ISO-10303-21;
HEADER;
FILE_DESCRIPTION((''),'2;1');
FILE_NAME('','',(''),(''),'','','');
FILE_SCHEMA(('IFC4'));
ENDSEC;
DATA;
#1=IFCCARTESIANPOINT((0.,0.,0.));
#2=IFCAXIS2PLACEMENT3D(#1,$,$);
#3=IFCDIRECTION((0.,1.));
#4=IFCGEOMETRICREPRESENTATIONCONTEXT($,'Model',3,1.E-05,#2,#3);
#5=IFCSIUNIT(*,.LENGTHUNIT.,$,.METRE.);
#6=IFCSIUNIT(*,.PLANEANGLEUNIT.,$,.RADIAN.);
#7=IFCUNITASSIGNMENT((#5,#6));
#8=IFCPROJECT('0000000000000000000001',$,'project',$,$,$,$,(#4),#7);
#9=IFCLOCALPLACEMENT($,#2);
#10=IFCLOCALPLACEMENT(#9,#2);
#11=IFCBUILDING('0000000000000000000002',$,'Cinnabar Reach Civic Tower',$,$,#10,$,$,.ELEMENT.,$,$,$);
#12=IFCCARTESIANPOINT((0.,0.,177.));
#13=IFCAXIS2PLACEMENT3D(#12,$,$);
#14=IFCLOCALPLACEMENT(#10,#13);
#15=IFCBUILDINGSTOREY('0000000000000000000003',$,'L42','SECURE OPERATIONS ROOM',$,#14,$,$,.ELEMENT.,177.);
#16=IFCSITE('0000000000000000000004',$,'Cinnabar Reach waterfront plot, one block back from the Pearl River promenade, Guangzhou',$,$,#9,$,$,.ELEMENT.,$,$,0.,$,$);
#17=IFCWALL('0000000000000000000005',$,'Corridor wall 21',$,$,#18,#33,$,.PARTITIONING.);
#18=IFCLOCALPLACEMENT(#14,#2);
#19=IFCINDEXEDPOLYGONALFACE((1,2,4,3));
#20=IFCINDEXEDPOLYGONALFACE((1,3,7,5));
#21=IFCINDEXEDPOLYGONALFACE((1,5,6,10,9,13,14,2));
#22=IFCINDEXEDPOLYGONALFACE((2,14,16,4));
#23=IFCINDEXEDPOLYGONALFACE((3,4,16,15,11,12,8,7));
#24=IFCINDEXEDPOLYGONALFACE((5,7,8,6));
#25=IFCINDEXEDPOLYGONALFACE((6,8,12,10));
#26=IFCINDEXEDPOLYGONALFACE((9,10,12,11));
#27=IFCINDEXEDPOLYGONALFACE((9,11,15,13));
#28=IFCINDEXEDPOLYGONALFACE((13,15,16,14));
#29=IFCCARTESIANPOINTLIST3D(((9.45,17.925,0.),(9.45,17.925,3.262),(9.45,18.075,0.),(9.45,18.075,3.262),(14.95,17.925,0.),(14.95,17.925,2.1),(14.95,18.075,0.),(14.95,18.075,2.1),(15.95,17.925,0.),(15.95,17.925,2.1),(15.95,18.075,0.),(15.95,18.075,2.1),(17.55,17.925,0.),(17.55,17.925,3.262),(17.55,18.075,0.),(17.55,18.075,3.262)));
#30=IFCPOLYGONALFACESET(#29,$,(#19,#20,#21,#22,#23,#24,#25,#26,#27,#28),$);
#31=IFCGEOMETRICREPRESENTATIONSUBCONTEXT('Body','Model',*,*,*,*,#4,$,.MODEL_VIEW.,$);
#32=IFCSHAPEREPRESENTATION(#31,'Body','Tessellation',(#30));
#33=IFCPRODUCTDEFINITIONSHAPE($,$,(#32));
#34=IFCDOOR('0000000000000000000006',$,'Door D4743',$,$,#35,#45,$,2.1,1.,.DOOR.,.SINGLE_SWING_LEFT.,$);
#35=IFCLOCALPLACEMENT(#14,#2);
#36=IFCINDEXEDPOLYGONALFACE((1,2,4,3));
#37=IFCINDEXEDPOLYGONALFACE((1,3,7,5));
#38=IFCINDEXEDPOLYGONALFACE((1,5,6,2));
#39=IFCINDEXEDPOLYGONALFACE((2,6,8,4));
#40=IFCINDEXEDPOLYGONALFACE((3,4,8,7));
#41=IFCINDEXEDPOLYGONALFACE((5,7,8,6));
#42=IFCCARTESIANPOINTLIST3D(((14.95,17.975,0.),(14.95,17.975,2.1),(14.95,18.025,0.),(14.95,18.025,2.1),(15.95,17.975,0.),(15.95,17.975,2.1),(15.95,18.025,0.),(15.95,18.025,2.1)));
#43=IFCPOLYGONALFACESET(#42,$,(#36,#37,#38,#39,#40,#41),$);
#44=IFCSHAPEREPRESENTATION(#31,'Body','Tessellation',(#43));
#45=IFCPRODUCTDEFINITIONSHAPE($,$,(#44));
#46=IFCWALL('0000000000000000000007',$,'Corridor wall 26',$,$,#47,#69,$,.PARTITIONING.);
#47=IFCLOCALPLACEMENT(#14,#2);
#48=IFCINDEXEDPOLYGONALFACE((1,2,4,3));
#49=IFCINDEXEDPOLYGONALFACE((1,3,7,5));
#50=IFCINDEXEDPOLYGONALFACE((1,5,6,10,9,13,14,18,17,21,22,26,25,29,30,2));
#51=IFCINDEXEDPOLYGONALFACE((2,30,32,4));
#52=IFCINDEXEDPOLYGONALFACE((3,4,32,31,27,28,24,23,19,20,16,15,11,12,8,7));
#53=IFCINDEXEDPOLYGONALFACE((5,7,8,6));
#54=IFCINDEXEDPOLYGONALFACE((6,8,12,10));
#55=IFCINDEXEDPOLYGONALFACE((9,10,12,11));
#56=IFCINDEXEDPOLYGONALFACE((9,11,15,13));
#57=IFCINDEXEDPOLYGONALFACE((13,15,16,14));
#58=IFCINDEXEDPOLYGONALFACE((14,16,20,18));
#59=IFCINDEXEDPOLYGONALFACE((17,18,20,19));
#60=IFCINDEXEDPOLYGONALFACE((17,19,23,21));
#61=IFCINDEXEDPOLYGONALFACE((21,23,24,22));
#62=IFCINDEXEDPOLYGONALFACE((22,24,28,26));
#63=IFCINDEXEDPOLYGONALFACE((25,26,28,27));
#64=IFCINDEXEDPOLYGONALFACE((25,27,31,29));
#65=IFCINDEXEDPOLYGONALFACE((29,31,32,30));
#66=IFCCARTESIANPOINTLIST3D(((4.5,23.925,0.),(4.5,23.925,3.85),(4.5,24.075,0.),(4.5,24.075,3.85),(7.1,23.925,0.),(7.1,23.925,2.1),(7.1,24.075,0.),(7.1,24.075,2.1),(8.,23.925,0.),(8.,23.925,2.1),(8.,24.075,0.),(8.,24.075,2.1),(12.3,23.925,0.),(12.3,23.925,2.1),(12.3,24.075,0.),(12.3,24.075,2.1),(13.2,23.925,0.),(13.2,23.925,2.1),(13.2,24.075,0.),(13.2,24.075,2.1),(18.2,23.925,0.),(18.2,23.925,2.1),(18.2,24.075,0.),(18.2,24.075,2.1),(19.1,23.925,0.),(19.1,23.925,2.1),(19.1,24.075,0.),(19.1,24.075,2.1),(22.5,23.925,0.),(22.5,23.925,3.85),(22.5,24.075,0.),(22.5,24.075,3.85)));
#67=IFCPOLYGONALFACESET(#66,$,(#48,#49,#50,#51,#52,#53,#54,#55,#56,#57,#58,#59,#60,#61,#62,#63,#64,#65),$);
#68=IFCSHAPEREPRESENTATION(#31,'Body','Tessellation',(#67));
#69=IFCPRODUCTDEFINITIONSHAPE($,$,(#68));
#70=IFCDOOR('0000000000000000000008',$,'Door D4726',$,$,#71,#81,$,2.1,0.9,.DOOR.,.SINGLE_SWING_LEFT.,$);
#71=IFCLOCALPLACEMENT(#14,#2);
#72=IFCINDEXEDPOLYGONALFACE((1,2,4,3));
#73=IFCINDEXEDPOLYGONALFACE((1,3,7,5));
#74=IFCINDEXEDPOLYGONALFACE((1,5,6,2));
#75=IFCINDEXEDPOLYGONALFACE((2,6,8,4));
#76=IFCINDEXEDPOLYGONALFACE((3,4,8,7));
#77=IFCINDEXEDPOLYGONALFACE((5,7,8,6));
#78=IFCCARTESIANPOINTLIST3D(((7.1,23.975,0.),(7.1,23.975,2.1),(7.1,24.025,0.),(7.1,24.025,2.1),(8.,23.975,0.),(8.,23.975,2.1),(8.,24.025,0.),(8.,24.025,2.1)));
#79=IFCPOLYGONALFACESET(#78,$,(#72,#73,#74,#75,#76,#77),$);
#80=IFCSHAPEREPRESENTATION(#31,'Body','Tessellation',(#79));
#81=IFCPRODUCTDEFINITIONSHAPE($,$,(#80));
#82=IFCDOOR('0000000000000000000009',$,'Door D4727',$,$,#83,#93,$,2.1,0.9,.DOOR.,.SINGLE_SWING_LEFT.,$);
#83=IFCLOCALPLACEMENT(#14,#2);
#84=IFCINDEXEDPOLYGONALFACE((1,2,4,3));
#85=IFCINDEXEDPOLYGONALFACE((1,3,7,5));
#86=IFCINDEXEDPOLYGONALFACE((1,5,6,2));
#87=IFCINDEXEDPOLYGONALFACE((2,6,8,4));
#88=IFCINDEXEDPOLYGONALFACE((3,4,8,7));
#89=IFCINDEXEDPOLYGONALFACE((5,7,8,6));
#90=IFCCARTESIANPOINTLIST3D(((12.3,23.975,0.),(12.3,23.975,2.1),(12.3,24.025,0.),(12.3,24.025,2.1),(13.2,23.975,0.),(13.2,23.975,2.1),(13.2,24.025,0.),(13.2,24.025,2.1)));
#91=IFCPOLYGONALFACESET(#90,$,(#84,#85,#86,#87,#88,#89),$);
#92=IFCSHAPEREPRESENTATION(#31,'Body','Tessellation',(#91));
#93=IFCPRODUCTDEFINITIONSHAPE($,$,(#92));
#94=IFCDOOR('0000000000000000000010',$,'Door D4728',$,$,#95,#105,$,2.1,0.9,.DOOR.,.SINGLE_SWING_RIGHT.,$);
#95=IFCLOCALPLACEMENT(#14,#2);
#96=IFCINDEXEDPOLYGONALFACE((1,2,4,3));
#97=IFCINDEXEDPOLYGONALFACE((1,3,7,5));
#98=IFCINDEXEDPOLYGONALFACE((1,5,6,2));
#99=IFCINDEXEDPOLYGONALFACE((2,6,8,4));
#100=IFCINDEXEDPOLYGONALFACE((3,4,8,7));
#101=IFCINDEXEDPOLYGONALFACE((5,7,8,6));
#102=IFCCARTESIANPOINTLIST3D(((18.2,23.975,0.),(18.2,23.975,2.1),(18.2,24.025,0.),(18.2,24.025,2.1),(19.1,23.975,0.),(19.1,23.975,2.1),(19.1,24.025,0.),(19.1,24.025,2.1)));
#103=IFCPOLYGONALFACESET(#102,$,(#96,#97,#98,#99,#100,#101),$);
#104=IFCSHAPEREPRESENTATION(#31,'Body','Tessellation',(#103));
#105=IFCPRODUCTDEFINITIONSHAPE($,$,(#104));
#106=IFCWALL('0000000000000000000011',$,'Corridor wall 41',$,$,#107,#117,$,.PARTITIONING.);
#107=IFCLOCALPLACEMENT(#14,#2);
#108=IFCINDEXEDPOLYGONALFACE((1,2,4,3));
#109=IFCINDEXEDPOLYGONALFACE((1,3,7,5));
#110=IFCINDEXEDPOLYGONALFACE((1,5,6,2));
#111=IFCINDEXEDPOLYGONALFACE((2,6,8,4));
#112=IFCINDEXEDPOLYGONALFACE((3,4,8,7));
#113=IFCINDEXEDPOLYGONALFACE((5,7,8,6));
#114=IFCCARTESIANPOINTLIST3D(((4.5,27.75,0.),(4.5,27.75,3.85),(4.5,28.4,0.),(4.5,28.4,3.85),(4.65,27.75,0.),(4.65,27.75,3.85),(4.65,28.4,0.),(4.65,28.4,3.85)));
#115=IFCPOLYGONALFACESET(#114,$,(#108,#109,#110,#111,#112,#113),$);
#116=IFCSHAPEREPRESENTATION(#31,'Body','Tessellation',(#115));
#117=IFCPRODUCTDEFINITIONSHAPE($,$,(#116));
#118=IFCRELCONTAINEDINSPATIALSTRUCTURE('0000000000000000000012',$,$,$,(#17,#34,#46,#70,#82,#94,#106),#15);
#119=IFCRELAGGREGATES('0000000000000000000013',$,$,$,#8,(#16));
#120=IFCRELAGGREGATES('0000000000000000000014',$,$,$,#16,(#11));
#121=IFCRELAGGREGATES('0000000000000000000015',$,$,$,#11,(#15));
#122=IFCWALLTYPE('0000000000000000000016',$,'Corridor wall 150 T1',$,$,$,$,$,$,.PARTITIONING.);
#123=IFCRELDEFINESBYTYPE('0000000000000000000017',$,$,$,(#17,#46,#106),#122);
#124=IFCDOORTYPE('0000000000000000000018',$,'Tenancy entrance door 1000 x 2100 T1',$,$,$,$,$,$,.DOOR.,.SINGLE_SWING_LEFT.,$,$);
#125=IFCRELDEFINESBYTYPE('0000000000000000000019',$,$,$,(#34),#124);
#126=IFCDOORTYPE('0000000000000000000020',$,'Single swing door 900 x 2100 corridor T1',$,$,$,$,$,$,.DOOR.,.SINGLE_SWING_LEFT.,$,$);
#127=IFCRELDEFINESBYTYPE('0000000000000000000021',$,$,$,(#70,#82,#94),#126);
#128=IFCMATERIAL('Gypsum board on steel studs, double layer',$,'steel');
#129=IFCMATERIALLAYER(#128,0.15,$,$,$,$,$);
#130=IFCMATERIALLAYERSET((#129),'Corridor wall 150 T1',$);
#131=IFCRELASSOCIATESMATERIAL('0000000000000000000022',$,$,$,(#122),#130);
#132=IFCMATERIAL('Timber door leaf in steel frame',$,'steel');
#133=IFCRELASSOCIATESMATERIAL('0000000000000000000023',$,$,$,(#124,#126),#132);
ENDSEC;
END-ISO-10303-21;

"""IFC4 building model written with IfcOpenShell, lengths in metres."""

from ifc_helpers import new_model, si_unit, direction, frame, frame_2d, origin, place, context, subcontext, project, spatial, rectangle, extrude, material, layer, layer_set, type_object, element, fill, save


model = new_model("IFC4")

# Units and contexts
model_context = context("Model", 3, precision=1e-05, world=origin(), true_north=direction((0.0, 1.0)))
body_context = subcontext(model_context, "Body", "Model", "MODEL_VIEW")
ifc_project = project(units=[si_unit("LENGTHUNIT", "METRE"), si_unit("PLANEANGLEUNIT", "RADIAN")], contexts=[model_context])

# Site, building, storey
site_placement = place(None, origin())
site = spatial("IfcSite", under=ifc_project, at=site_placement, Name="Cinnabar Reach waterfront plot, one block back from the Pearl River promenade, Guangzhou", CompositionType="ELEMENT", RefElevation=0.0)
building_placement = place(site_placement, origin())
building = spatial("IfcBuilding", under=site, at=building_placement, Name="Cinnabar Reach Civic Tower", CompositionType="ELEMENT")
storey_placement = place(building_placement, frame((0.0, 0.0, 177.0)))
storey = spatial("IfcBuildingStorey", under=building, at=storey_placement, Name="L42", Description="SECURE OPERATIONS ROOM", CompositionType="ELEMENT", Elevation=177.0)

# Wall, opening, door
ifc_material_1 = material(Name="Timber door leaf in steel frame", Category="steel")
ifc_material_2 = material(Name="Gypsum board on steel studs, double layer", Category="steel")
ifc_layer_1 = layer(ifc_material_2, 0.15)
ifc_layer_set_1 = layer_set([ifc_layer_1], Name="Corridor wall 150 T1")
wall_type_1 = type_object("IfcWallType", Name="Corridor wall 150 T1", PredefinedType="PARTITIONING", material=ifc_layer_set_1)
wall_1_placement = place(storey_placement, frame((9.45, 18.0, 0.0), z_axis=(0.0, 0.0, 1.0), x_axis=(1.0, 0.0, 0.0)))
wall_1 = element("IfcWall", 1, at=wall_1_placement, inside=storey, type_object=wall_type_1, Name="Corridor wall 21", PredefinedType="PARTITIONING", context=body_context, shape_type="SweptSolid", body=[
    extrude(rectangle(XDim=8.1, YDim=0.15, at=frame_2d((4.05, 0.0))), origin(), (0.0, 0.0, 1.0), 3.262),
])
opening_1_placement = place(wall_1_placement, frame((5.5, 0.0, 0.0)))
opening_1 = element("IfcOpeningElement", 2, at=opening_1_placement, cuts=wall_1, PredefinedType="OPENING", context=body_context, shape_type="SweptSolid", body=[
    extrude(rectangle(XDim=1.0, YDim=2.1, at=frame_2d((0.5, 1.05))), frame((0.0, 0.085, 0.0), z_axis=(0.0, -1.0, 0.0), x_axis=(1.0, 0.0, 0.0)), (0.0, 0.0, 1.0), 0.17),
])
door_type_1 = type_object("IfcDoorType", Name="Tenancy entrance door 1000 x 2100 T1", OperationType="SINGLE_SWING_LEFT", PredefinedType="DOOR", material=ifc_material_1)
door_1_placement = place(opening_1_placement, frame((1.0, 0.0, 0.0), z_axis=(0.0, 0.0, 1.0), x_axis=(-1.0, 0.0, 0.0)))
door_1 = element("IfcDoor", 3, at=door_1_placement, inside=storey, type_object=door_type_1, Name="Door D4743", OperationType="SINGLE_SWING_LEFT", OverallHeight=2.1, OverallWidth=1.0, PredefinedType="DOOR", context=body_context, shape_type="SweptSolid", body=[
    extrude(rectangle(XDim=1.0, YDim=2.1, at=frame_2d((0.5, 1.05))), frame((0.0, 0.025, 0.0), z_axis=(0.0, -1.0, 0.0), x_axis=(1.0, 0.0, 0.0)), (0.0, 0.0, 1.0), 0.05),
])
fill(opening_1, door_1)

# Wall, openings, doors
wall_2_placement = place(storey_placement, frame((4.5, 24.0, 0.0), z_axis=(0.0, 0.0, 1.0), x_axis=(1.0, 0.0, 0.0)))
wall_2 = element("IfcWall", 4, at=wall_2_placement, inside=storey, type_object=wall_type_1, Name="Corridor wall 26", PredefinedType="PARTITIONING", context=body_context, shape_type="SweptSolid", body=[
    extrude(rectangle(XDim=18.0, YDim=0.15, at=frame_2d((9.0, 0.0))), origin(), (0.0, 0.0, 1.0), 3.85),
])
opening_2_placement = place(wall_2_placement, frame((2.6, 0.0, 0.0)))
opening_2 = element("IfcOpeningElement", 5, at=opening_2_placement, cuts=wall_2, PredefinedType="OPENING", context=body_context, shape_type="SweptSolid", body=[
    extrude(rectangle(XDim=0.9, YDim=2.1, at=frame_2d((0.45, 1.05))), frame((0.0, 0.085, 0.0), z_axis=(0.0, -1.0, 0.0), x_axis=(1.0, 0.0, 0.0)), (0.0, 0.0, 1.0), 0.17),
])
opening_3_placement = place(wall_2_placement, frame((7.8, 0.0, 0.0)))
opening_3 = element("IfcOpeningElement", 6, at=opening_3_placement, cuts=wall_2, PredefinedType="OPENING", context=body_context, shape_type="SweptSolid", body=[
    extrude(rectangle(XDim=0.9, YDim=2.1, at=frame_2d((0.45, 1.05))), frame((0.0, 0.085, 0.0), z_axis=(0.0, -1.0, 0.0), x_axis=(1.0, 0.0, 0.0)), (0.0, 0.0, 1.0), 0.17),
])
opening_4_placement = place(wall_2_placement, frame((13.7, 0.0, 0.0)))
opening_4 = element("IfcOpeningElement", 7, at=opening_4_placement, cuts=wall_2, PredefinedType="OPENING", context=body_context, shape_type="SweptSolid", body=[
    extrude(rectangle(XDim=0.9, YDim=2.1, at=frame_2d((0.45, 1.05))), frame((0.0, 0.085, 0.0), z_axis=(0.0, -1.0, 0.0), x_axis=(1.0, 0.0, 0.0)), (0.0, 0.0, 1.0), 0.17),
])
door_type_2 = type_object("IfcDoorType", Name="Single swing door 900 x 2100 corridor T1", OperationType="SINGLE_SWING_LEFT", PredefinedType="DOOR", material=ifc_material_1)
door_2_placement = place(opening_2_placement, frame((0.9, 0.0, 0.0), z_axis=(0.0, 0.0, 1.0), x_axis=(-1.0, 0.0, 0.0)))
door_2 = element("IfcDoor", 8, at=door_2_placement, inside=storey, type_object=door_type_2, Name="Door D4726", OperationType="SINGLE_SWING_LEFT", OverallHeight=2.1, OverallWidth=0.9, PredefinedType="DOOR", context=body_context, shape_type="SweptSolid", body=[
    extrude(rectangle(XDim=0.9, YDim=2.1, at=frame_2d((0.45, 1.05))), frame((0.0, 0.025, 0.0), z_axis=(0.0, -1.0, 0.0), x_axis=(1.0, 0.0, 0.0)), (0.0, 0.0, 1.0), 0.05),
])
fill(opening_2, door_2)
door_3_placement = place(opening_3_placement, frame((0.9, 0.0, 0.0), z_axis=(0.0, 0.0, 1.0), x_axis=(-1.0, 0.0, 0.0)))
door_3 = element("IfcDoor", 9, at=door_3_placement, inside=storey, type_object=door_type_2, Name="Door D4727", OperationType="SINGLE_SWING_LEFT", OverallHeight=2.1, OverallWidth=0.9, PredefinedType="DOOR", context=body_context, shape_type="SweptSolid", body=[
    extrude(rectangle(XDim=0.9, YDim=2.1, at=frame_2d((0.45, 1.05))), frame((0.0, 0.025, 0.0), z_axis=(0.0, -1.0, 0.0), x_axis=(1.0, 0.0, 0.0)), (0.0, 0.0, 1.0), 0.05),
])
fill(opening_3, door_3)
door_4_placement = place(opening_4_placement, frame((0.9, 0.0, 0.0), z_axis=(0.0, 0.0, 1.0), x_axis=(-1.0, 0.0, 0.0)))
door_4 = element("IfcDoor", 10, at=door_4_placement, inside=storey, type_object=door_type_2, Name="Door D4728", OperationType="SINGLE_SWING_RIGHT", OverallHeight=2.1, OverallWidth=0.9, PredefinedType="DOOR", context=body_context, shape_type="SweptSolid", body=[
    extrude(rectangle(XDim=0.9, YDim=2.1, at=frame_2d((0.45, 1.05))), frame((0.0, 0.025, 0.0), z_axis=(0.0, -1.0, 0.0), x_axis=(1.0, 0.0, 0.0)), (0.0, 0.0, 1.0), 0.05),
])
fill(opening_4, door_4)

# Wall
wall_3_placement = place(storey_placement, frame((4.575, 27.75, 0.0), z_axis=(0.0, 0.0, 1.0), x_axis=(0.0, 1.0, 0.0)))
element("IfcWall", 11, at=wall_3_placement, inside=storey, type_object=wall_type_1, Name="Corridor wall 41", PredefinedType="PARTITIONING", context=body_context, shape_type="SweptSolid", body=[
    extrude(rectangle(XDim=0.65, YDim=0.15, at=frame_2d((0.325, 0.0))), origin(), (0.0, 0.0, 1.0), 3.85),
])

save(model, "model.ifc")
